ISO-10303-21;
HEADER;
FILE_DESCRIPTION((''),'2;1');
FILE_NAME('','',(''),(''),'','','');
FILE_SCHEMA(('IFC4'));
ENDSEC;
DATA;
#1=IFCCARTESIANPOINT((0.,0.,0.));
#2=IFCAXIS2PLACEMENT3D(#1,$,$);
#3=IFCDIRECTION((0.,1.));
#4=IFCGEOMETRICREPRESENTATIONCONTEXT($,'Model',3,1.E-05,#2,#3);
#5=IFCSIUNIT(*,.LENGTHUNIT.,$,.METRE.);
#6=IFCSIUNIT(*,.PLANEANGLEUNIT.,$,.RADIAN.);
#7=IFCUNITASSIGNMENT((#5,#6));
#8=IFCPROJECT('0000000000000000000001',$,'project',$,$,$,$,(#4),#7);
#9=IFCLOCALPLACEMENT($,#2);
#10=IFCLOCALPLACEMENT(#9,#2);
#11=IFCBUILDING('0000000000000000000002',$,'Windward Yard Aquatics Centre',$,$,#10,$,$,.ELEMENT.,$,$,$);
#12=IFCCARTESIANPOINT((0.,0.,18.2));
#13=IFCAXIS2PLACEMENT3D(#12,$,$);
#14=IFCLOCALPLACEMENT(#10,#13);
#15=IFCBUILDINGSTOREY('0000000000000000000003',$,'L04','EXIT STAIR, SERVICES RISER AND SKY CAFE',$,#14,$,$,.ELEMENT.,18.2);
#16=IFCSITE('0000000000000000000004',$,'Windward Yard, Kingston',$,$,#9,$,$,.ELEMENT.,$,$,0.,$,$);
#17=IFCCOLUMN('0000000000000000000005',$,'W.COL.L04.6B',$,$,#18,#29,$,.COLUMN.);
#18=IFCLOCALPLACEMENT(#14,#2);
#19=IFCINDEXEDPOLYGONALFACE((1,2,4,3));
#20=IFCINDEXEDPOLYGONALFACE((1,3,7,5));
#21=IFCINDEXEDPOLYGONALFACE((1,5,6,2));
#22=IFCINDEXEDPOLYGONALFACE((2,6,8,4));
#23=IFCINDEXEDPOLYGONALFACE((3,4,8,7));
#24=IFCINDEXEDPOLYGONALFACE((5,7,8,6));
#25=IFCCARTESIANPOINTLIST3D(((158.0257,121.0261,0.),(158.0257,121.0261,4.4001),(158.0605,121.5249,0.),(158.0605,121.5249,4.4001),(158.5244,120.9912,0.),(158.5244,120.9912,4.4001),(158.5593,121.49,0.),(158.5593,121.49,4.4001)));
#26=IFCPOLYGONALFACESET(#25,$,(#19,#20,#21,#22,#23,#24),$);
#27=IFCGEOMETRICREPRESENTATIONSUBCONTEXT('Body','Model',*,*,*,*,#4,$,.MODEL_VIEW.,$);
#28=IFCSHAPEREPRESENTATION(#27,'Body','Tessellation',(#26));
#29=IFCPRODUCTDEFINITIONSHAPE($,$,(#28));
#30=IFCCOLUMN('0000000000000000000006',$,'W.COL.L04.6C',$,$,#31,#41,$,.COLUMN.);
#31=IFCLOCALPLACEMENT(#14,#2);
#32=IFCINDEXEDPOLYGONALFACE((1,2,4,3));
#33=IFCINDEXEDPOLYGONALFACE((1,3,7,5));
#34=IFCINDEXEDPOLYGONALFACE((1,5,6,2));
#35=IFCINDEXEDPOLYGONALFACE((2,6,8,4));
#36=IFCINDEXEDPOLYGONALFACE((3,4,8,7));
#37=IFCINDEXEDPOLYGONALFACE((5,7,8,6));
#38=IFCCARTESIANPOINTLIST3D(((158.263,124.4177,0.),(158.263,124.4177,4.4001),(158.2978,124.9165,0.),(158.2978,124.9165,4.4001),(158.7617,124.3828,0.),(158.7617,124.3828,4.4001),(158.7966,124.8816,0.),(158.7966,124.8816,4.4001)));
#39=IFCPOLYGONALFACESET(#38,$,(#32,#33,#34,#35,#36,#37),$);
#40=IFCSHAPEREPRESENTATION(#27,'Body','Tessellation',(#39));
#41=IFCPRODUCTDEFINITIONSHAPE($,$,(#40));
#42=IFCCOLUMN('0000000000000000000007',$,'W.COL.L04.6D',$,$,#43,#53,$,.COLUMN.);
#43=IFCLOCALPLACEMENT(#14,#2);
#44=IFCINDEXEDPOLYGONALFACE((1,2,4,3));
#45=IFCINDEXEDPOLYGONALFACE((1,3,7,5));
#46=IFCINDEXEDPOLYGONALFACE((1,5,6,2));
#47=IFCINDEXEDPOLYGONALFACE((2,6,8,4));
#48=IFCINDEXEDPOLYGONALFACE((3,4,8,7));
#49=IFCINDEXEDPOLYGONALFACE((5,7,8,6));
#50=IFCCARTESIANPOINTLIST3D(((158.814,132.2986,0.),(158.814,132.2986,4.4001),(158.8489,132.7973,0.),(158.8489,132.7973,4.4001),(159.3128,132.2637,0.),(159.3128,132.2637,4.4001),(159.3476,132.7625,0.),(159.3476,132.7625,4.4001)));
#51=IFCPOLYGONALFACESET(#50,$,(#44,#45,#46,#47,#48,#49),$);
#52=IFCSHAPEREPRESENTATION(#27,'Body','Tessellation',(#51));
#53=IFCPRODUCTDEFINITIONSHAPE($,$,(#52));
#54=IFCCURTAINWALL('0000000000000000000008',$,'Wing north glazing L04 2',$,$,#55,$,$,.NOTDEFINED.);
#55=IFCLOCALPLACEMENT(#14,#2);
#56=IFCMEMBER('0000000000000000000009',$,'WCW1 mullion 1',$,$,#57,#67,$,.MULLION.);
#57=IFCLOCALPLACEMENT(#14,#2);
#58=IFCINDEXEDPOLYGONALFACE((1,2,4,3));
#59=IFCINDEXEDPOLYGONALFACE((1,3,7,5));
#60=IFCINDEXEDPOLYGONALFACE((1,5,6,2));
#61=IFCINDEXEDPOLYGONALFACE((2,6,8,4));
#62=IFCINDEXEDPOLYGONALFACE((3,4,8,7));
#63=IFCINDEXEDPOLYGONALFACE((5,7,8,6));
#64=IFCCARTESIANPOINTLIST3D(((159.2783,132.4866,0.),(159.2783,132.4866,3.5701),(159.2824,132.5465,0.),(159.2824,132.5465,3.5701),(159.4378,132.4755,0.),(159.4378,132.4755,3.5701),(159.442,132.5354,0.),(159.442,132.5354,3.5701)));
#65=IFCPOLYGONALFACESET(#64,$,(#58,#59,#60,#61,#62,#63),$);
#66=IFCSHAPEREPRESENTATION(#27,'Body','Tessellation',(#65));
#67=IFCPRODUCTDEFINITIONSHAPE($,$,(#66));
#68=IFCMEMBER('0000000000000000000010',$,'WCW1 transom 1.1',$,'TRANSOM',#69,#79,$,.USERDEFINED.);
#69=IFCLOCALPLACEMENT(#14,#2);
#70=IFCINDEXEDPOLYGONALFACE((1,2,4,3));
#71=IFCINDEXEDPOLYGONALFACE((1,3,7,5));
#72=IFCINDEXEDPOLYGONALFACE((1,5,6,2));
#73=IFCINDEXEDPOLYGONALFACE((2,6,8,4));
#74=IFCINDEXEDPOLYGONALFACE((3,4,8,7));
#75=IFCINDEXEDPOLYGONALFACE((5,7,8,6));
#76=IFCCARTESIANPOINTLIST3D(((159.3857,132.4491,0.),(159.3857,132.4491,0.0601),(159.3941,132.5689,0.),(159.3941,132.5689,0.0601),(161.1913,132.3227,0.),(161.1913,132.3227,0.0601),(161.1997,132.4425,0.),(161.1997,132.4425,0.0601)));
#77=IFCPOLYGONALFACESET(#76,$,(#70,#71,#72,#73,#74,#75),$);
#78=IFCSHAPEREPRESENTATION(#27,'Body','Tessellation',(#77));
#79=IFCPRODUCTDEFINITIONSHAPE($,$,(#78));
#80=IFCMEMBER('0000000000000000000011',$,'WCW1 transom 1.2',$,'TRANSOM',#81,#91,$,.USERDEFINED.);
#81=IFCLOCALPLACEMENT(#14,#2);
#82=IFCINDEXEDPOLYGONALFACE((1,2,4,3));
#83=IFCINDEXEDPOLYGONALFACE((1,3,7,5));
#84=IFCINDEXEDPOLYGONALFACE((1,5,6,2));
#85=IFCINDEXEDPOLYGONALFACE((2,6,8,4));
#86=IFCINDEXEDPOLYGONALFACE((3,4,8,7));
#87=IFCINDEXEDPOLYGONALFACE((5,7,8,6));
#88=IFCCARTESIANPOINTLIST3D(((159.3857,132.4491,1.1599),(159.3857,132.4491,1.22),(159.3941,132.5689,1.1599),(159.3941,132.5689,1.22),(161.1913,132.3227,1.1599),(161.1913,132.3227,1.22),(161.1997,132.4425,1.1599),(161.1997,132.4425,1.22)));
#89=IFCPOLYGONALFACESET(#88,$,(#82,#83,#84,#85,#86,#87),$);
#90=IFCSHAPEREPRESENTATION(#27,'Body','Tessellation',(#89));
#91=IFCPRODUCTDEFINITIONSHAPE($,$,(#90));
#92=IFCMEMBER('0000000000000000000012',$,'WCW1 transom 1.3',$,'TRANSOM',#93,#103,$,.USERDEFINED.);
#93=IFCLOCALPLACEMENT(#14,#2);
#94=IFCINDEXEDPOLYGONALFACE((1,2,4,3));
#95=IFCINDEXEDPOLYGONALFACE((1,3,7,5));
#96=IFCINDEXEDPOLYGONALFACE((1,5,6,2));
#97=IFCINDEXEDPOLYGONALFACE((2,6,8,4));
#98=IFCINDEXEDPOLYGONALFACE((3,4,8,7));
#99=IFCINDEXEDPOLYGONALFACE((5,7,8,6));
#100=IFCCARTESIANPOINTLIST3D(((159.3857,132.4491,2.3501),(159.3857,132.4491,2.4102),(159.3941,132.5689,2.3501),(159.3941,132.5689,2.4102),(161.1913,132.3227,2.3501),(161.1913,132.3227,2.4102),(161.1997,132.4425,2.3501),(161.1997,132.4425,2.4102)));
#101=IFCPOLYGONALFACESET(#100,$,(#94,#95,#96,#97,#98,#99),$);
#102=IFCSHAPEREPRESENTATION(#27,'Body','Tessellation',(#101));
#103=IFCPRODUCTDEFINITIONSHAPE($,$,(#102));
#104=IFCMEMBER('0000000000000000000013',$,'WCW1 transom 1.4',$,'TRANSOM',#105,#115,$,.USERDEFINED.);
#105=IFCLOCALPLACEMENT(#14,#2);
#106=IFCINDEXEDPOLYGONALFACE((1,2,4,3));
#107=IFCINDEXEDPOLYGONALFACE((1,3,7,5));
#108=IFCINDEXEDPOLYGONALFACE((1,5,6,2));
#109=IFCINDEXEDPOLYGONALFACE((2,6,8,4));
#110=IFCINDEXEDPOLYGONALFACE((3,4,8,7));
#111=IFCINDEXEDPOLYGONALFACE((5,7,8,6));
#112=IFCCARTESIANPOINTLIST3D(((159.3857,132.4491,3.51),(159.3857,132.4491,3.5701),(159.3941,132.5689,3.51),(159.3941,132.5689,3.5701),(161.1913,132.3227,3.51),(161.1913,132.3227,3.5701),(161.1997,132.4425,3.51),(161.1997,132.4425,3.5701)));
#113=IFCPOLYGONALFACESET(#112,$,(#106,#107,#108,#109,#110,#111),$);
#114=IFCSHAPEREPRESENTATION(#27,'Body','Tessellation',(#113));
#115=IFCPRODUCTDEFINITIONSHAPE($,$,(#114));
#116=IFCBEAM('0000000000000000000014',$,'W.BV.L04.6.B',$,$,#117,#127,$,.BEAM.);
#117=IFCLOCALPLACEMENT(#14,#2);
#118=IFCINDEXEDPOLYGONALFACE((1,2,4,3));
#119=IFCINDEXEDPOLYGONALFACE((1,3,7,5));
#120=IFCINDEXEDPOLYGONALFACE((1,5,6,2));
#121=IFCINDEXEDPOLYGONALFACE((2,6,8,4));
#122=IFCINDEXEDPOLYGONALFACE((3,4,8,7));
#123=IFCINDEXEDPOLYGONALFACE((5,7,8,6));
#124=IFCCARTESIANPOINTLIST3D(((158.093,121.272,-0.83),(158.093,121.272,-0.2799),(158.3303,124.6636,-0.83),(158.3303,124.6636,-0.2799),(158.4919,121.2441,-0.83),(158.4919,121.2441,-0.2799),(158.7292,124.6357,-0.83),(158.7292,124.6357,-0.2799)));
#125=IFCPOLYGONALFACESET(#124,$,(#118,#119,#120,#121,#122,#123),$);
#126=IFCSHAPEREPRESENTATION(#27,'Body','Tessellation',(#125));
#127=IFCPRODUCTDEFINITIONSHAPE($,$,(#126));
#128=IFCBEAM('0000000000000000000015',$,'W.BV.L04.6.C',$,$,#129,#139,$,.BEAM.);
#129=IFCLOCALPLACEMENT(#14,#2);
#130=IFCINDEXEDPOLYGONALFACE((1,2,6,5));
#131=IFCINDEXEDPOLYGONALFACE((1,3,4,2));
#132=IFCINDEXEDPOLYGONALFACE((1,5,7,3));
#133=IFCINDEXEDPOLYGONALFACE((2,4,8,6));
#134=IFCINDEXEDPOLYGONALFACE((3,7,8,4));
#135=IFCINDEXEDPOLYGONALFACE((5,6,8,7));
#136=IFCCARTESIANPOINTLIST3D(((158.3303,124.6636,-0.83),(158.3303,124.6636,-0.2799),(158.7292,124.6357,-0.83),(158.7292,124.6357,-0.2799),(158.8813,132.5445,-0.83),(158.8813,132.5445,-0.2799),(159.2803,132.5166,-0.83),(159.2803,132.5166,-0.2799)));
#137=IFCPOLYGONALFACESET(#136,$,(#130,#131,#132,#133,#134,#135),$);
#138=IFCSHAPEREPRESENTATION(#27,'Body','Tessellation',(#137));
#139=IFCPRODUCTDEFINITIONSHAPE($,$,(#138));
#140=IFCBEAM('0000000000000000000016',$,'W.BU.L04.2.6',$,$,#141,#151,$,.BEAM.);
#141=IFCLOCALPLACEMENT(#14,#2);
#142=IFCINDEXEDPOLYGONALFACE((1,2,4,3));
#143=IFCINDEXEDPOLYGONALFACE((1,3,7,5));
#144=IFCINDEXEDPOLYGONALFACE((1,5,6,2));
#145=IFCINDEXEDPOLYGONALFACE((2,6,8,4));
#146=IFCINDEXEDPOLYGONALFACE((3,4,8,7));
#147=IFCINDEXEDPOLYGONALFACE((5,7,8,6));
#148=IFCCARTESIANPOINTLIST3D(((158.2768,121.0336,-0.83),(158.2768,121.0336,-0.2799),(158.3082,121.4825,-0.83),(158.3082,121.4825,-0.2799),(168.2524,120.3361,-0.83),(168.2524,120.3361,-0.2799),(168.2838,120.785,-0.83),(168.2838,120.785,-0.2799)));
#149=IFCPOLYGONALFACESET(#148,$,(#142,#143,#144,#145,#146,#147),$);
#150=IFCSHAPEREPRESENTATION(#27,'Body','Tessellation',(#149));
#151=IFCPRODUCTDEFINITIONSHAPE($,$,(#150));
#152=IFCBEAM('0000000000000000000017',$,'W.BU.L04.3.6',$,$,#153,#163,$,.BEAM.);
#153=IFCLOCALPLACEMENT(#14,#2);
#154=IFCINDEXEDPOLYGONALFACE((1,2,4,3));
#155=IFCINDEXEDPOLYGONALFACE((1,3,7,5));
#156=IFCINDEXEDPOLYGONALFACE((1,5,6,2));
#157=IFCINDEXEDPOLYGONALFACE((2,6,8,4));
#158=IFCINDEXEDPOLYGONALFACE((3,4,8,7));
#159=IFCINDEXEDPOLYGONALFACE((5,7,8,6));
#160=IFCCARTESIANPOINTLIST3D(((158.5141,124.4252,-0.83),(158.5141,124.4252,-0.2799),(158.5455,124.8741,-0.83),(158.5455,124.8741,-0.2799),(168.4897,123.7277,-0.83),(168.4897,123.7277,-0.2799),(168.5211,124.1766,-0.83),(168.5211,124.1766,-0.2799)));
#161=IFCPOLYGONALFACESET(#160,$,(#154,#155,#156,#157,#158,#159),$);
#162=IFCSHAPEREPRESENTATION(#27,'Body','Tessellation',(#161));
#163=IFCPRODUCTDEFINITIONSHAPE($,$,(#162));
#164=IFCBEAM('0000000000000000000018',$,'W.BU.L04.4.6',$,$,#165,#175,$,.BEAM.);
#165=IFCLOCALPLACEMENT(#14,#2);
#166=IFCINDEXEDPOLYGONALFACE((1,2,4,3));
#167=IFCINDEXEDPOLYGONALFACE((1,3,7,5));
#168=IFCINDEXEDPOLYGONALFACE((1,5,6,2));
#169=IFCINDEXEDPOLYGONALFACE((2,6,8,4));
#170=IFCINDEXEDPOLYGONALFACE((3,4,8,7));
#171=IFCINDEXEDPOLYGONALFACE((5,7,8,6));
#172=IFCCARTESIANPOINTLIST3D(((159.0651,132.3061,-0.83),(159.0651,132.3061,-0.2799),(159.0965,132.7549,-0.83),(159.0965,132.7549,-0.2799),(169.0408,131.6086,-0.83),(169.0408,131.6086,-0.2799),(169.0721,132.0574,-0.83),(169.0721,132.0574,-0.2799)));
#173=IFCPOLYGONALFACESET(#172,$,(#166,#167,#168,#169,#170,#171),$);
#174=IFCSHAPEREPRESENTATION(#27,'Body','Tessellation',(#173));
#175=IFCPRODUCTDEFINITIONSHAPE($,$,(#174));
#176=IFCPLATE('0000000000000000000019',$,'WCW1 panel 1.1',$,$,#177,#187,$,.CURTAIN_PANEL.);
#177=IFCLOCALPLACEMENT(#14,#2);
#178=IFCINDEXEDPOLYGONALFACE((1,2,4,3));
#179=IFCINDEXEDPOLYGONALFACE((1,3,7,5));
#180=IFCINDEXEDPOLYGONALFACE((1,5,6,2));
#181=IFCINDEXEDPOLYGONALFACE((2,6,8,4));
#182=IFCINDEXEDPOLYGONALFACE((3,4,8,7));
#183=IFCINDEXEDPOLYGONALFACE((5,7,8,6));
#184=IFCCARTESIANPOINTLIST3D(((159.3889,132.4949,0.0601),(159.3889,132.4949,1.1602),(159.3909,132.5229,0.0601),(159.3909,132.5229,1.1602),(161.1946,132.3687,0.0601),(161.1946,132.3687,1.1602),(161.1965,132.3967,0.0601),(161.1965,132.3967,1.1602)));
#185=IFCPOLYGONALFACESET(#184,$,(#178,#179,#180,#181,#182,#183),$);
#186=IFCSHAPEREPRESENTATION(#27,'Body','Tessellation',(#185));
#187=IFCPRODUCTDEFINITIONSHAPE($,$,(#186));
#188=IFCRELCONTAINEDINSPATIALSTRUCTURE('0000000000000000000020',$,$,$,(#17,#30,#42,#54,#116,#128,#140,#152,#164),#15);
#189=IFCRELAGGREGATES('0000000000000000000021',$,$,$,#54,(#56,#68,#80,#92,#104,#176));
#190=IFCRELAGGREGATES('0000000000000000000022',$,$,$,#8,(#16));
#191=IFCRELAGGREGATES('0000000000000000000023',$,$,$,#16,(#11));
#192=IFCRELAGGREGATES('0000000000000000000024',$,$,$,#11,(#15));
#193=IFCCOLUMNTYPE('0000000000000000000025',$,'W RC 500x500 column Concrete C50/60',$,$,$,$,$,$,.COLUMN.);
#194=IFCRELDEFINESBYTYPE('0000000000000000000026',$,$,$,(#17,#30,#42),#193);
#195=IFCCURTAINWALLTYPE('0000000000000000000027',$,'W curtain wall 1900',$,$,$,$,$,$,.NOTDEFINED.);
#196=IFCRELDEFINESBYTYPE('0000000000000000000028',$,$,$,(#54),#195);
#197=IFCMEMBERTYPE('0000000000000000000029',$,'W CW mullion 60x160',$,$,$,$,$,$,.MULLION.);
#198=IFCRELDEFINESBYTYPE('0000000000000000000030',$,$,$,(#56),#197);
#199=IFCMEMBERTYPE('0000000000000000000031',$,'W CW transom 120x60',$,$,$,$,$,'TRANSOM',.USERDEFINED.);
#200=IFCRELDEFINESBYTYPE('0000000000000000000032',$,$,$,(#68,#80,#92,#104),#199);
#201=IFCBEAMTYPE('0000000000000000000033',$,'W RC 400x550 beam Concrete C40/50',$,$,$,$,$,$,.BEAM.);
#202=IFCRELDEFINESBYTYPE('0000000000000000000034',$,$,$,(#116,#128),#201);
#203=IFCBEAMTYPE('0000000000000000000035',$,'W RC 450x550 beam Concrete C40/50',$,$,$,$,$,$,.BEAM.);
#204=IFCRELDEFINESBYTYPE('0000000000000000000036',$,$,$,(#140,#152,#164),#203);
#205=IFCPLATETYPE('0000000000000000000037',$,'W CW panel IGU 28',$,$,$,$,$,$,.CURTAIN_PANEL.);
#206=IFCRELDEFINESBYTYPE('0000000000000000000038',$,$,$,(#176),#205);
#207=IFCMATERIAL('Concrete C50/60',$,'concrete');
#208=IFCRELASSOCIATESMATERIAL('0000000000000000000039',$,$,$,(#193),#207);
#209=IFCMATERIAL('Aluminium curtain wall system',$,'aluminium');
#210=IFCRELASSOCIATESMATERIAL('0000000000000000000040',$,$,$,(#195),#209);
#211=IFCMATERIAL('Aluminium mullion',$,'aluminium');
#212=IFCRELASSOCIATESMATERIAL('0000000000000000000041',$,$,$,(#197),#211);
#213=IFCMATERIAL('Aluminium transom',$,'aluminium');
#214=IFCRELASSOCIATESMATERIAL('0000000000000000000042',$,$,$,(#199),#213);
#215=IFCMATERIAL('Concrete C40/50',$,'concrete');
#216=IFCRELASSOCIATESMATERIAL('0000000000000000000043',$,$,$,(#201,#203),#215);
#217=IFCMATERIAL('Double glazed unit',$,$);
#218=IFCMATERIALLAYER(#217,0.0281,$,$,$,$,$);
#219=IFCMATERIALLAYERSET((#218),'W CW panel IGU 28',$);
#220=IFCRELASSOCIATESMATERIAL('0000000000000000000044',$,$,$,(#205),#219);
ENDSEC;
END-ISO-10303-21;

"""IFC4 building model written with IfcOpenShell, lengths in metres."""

from ifc_helpers import new_model, si_unit, direction, frame, origin, origin_2d, place, context, subcontext, project, spatial, rectangle, extrude, material, layer, layer_set, material_profile, profile_set, type_object, element, aggregate, save


model = new_model("IFC4")

# Units and contexts
model_context = context("Model", 3, precision=1e-05, world=origin(), true_north=direction((0.0, 1.0)))
body_context = subcontext(model_context, "Body", "Model", "MODEL_VIEW")
ifc_project = project(units=[si_unit("LENGTHUNIT", "METRE"), si_unit("PLANEANGLEUNIT", "RADIAN")], contexts=[model_context])

# Site, building, storey
site_placement = place(None, origin())
site = spatial("IfcSite", under=ifc_project, at=site_placement, Name="Windward Yard, Kingston", CompositionType="ELEMENT", RefElevation=0.0)
building_placement = place(site_placement, origin())
building = spatial("IfcBuilding", under=site, at=building_placement, Name="Windward Yard Aquatics Centre", CompositionType="ELEMENT")
storey_placement = place(building_placement, frame((0.0, 0.0, 18.2)))
storey = spatial("IfcBuildingStorey", under=building, at=storey_placement, Name="L04", Description="EXIT STAIR, SERVICES RISER AND SKY CAFE", CompositionType="ELEMENT", Elevation=18.2)

# Columns
ifc_material_1 = material(Name="Concrete C50/60", Category="concrete")
ifc_material_profile_1 = material_profile(ifc_material_1, rectangle(XDim=0.5, YDim=0.5, at=origin_2d()), Name="RC 500x500")
ifc_profile_set_1 = profile_set([ifc_material_profile_1], Name="Concrete C50/60")
column_type = type_object("IfcColumnType", Name="W RC 500x500 column Concrete C50/60", PredefinedType="COLUMN", material=ifc_profile_set_1)
for number, where, z_axis, x_axis, name in (
    (1, (158.2925, 121.2581, 0.0), (0.0, 0.0, 1.0), (0.997564, -0.069756, 0.0), "W.COL.L04.6B"),
    (2, (158.5298, 124.6497, 0.0), (0.0, 0.0, 1.0), (0.997564, -0.069756, 0.0), "W.COL.L04.6C"),
    (3, (159.0808, 132.5305, 0.0), (0.0, 0.0, 1.0), (0.997564, -0.069756, 0.0), "W.COL.L04.6D"),
):
    element("IfcColumn", number, at=place(storey_placement, frame(where, z_axis=z_axis, x_axis=x_axis)), inside=storey, type_object=column_type, Name=name, PredefinedType="COLUMN", context=body_context, shape_type="SweptSolid", body=[
        extrude(rectangle(XDim=0.5, YDim=0.5, at=origin_2d()), origin(), (0.0, 0.0, 1.0), 4.4001),
    ])

# Curtain wall, members
ifc_material_2 = material(Name="Aluminium curtain wall system", Category="aluminium")
curtain_wall_type = type_object("IfcCurtainWallType", Name="W curtain wall 1900", PredefinedType="NOTDEFINED", material=ifc_material_2)
curtain_wall_placement = place(storey_placement, origin())
curtain_wall = element("IfcCurtainWall", 4, at=curtain_wall_placement, inside=storey, type_object=curtain_wall_type, Name="Wing north glazing L04 2", PredefinedType="NOTDEFINED")
ifc_material_3 = material(Name="Aluminium mullion", Category="aluminium")
ifc_material_profile_2 = material_profile(ifc_material_3, rectangle(XDim=0.0601, YDim=0.1599, at=origin_2d()), Name="AL 60x160")
ifc_profile_set_2 = profile_set([ifc_material_profile_2], Name="Aluminium mullion")
member_type_1 = type_object("IfcMemberType", Name="W CW mullion 60x160", PredefinedType="MULLION", material=ifc_profile_set_2)
member_1_placement = place(storey_placement, frame((159.3601, 132.511, 0.0), z_axis=(0.0, 0.0, 1.0), x_axis=(0.069758, 0.997564, 0.0)))
member_1 = element("IfcMember", 5, at=member_1_placement, type_object=member_type_1, Name="WCW1 mullion 1", PredefinedType="MULLION", context=body_context, shape_type="SweptSolid", body=[
    extrude(rectangle(XDim=0.0601, YDim=0.1599, at=origin_2d()), origin(), (0.0, 0.0, 1.0), 3.5701),
])
ifc_material_4 = material(Name="Aluminium transom", Category="aluminium")
ifc_material_profile_3 = material_profile(ifc_material_4, rectangle(XDim=0.1201, YDim=0.0601, at=origin_2d()), Name="AL 120x60")
ifc_profile_set_3 = profile_set([ifc_material_profile_3], Name="Aluminium transom")
member_type_2 = type_object("IfcMemberType", Name="W CW transom 120x60", ElementType="TRANSOM", PredefinedType="USERDEFINED", material=ifc_profile_set_3)
member_2_placement = place(storey_placement, frame((159.3899, 132.509, 0.03), z_axis=(0.997556, -0.069867, 0.0), x_axis=(0.069867, 0.997556, 0.0)))
member_2 = element("IfcMember", 6, at=member_2_placement, type_object=member_type_2, Name="WCW1 transom 1.1", ObjectType="TRANSOM", PredefinedType="USERDEFINED", context=body_context, shape_type="SweptSolid", body=[
    extrude(rectangle(XDim=0.1201, YDim=0.0601, at=origin_2d()), origin(), (0.0, 0.0, 1.0), 1.8101),
])
member_3_placement = place(storey_placement, frame((159.3899, 132.509, 1.1899), z_axis=(0.997556, -0.069867, 0.0), x_axis=(0.069867, 0.997556, 0.0)))
member_3 = element("IfcMember", 7, at=member_3_placement, type_object=member_type_2, Name="WCW1 transom 1.2", ObjectType="TRANSOM", PredefinedType="USERDEFINED", context=body_context, shape_type="SweptSolid", body=[
    extrude(rectangle(XDim=0.1201, YDim=0.0601, at=origin_2d()), origin(), (0.0, 0.0, 1.0), 1.8101),
])
member_4_placement = place(storey_placement, frame((159.3899, 132.509, 2.3801), z_axis=(0.997556, -0.069867, 0.0), x_axis=(0.069867, 0.997556, 0.0)))
member_4 = element("IfcMember", 8, at=member_4_placement, type_object=member_type_2, Name="WCW1 transom 1.3", ObjectType="TRANSOM", PredefinedType="USERDEFINED", context=body_context, shape_type="SweptSolid", body=[
    extrude(rectangle(XDim=0.1201, YDim=0.0601, at=origin_2d()), origin(), (0.0, 0.0, 1.0), 1.8101),
])
member_5_placement = place(storey_placement, frame((159.3899, 132.509, 3.54), z_axis=(0.997556, -0.069867, 0.0), x_axis=(0.069867, 0.997556, 0.0)))
member_5 = element("IfcMember", 9, at=member_5_placement, type_object=member_type_2, Name="WCW1 transom 1.4", ObjectType="TRANSOM", PredefinedType="USERDEFINED", context=body_context, shape_type="SweptSolid", body=[
    extrude(rectangle(XDim=0.1201, YDim=0.0601, at=origin_2d()), origin(), (0.0, 0.0, 1.0), 1.8101),
])

# Beams
ifc_material_5 = material(Name="Concrete C40/50", Category="concrete")
ifc_material_profile_4 = material_profile(ifc_material_5, rectangle(XDim=0.3999, YDim=0.55, at=origin_2d()), Name="RC 400x550")
ifc_profile_set_4 = profile_set([ifc_material_profile_4], Name="Concrete C40/50")
beam_type_1 = type_object("IfcBeamType", Name="W RC 400x550 beam Concrete C40/50", PredefinedType="BEAM", material=ifc_profile_set_4)
beam_1_placement = place(storey_placement, frame((158.2925, 121.2581, -0.5549), z_axis=(0.069798, 0.997561, 0.0), x_axis=(-0.997561, 0.069798, 0.0)))
element("IfcBeam", 10, at=beam_1_placement, inside=storey, type_object=beam_type_1, Name="W.BV.L04.6.B", PredefinedType="BEAM", context=body_context, shape_type="SweptSolid", body=[
    extrude(rectangle(XDim=0.3999, YDim=0.55, at=origin_2d()), origin(), (0.0, 0.0, 1.0), 3.3999),
])
beam_2_placement = place(storey_placement, frame((158.5298, 124.6497, -0.5549), z_axis=(0.069749, 0.997565, 0.0), x_axis=(-0.997565, 0.069749, 0.0)))
element("IfcBeam", 11, at=beam_2_placement, inside=storey, type_object=beam_type_1, Name="W.BV.L04.6.C", PredefinedType="BEAM", context=body_context, shape_type="SweptSolid", body=[
    extrude(rectangle(XDim=0.3999, YDim=0.55, at=origin_2d()), origin(), (0.0, 0.0, 1.0), 7.9001),
])
ifc_material_profile_5 = material_profile(ifc_material_5, rectangle(XDim=0.45, YDim=0.55, at=origin_2d()), Name="RC 450x550")
ifc_profile_set_5 = profile_set([ifc_material_profile_5], Name="Concrete C40/50")
beam_type_2 = type_object("IfcBeamType", Name="W RC 450x550 beam Concrete C40/50", PredefinedType="BEAM", material=ifc_profile_set_5)
for number, where, z_axis, x_axis, name in (
    (12, (158.2925, 121.2581, -0.5549), (0.997564, -0.069751, 0.0), (0.069751, 0.997564, 0.0), "W.BU.L04.2.6"),
    (13, (158.5298, 124.6497, -0.5549), (0.997564, -0.069751, 0.0), (0.069751, 0.997564, 0.0), "W.BU.L04.3.6"),
    (14, (159.0808, 132.5305, -0.5549), (0.997564, -0.069751, 0.0), (0.069751, 0.997564, 0.0), "W.BU.L04.4.6"),
):
    element("IfcBeam", number, at=place(storey_placement, frame(where, z_axis=z_axis, x_axis=x_axis)), inside=storey, type_object=beam_type_2, Name=name, PredefinedType="BEAM", context=body_context, shape_type="SweptSolid", body=[
        extrude(rectangle(XDim=0.45, YDim=0.55, at=origin_2d()), origin(), (0.0, 0.0, 1.0), 10.0),
    ])

# Plate
ifc_material_6 = material(Name="Double glazed unit")
ifc_layer_1 = layer(ifc_material_6, 0.0281)
ifc_layer_set_1 = layer_set([ifc_layer_1], Name="W CW panel IGU 28")
plate_type = type_object("IfcPlateType", Name="W CW panel IGU 28", PredefinedType="CURTAIN_PANEL", material=ifc_layer_set_1)
plate_1_placement = place(storey_placement, frame((160.2927, 132.4458, 0.0601), z_axis=(0.0, 0.0, 1.0), x_axis=(0.997564, -0.069758, 0.0)))
plate_1 = element("IfcPlate", 15, at=plate_1_placement, type_object=plate_type, Name="WCW1 panel 1.1", PredefinedType="CURTAIN_PANEL", context=body_context, shape_type="SweptSolid", body=[
    extrude(rectangle(XDim=1.8101, YDim=0.0281, at=origin_2d()), origin(), (0.0, 0.0, 1.0), 1.1001),
])
aggregate(curtain_wall, [member_1, member_2, member_3, member_4, member_5, plate_1])

save(model, "model.ifc")
